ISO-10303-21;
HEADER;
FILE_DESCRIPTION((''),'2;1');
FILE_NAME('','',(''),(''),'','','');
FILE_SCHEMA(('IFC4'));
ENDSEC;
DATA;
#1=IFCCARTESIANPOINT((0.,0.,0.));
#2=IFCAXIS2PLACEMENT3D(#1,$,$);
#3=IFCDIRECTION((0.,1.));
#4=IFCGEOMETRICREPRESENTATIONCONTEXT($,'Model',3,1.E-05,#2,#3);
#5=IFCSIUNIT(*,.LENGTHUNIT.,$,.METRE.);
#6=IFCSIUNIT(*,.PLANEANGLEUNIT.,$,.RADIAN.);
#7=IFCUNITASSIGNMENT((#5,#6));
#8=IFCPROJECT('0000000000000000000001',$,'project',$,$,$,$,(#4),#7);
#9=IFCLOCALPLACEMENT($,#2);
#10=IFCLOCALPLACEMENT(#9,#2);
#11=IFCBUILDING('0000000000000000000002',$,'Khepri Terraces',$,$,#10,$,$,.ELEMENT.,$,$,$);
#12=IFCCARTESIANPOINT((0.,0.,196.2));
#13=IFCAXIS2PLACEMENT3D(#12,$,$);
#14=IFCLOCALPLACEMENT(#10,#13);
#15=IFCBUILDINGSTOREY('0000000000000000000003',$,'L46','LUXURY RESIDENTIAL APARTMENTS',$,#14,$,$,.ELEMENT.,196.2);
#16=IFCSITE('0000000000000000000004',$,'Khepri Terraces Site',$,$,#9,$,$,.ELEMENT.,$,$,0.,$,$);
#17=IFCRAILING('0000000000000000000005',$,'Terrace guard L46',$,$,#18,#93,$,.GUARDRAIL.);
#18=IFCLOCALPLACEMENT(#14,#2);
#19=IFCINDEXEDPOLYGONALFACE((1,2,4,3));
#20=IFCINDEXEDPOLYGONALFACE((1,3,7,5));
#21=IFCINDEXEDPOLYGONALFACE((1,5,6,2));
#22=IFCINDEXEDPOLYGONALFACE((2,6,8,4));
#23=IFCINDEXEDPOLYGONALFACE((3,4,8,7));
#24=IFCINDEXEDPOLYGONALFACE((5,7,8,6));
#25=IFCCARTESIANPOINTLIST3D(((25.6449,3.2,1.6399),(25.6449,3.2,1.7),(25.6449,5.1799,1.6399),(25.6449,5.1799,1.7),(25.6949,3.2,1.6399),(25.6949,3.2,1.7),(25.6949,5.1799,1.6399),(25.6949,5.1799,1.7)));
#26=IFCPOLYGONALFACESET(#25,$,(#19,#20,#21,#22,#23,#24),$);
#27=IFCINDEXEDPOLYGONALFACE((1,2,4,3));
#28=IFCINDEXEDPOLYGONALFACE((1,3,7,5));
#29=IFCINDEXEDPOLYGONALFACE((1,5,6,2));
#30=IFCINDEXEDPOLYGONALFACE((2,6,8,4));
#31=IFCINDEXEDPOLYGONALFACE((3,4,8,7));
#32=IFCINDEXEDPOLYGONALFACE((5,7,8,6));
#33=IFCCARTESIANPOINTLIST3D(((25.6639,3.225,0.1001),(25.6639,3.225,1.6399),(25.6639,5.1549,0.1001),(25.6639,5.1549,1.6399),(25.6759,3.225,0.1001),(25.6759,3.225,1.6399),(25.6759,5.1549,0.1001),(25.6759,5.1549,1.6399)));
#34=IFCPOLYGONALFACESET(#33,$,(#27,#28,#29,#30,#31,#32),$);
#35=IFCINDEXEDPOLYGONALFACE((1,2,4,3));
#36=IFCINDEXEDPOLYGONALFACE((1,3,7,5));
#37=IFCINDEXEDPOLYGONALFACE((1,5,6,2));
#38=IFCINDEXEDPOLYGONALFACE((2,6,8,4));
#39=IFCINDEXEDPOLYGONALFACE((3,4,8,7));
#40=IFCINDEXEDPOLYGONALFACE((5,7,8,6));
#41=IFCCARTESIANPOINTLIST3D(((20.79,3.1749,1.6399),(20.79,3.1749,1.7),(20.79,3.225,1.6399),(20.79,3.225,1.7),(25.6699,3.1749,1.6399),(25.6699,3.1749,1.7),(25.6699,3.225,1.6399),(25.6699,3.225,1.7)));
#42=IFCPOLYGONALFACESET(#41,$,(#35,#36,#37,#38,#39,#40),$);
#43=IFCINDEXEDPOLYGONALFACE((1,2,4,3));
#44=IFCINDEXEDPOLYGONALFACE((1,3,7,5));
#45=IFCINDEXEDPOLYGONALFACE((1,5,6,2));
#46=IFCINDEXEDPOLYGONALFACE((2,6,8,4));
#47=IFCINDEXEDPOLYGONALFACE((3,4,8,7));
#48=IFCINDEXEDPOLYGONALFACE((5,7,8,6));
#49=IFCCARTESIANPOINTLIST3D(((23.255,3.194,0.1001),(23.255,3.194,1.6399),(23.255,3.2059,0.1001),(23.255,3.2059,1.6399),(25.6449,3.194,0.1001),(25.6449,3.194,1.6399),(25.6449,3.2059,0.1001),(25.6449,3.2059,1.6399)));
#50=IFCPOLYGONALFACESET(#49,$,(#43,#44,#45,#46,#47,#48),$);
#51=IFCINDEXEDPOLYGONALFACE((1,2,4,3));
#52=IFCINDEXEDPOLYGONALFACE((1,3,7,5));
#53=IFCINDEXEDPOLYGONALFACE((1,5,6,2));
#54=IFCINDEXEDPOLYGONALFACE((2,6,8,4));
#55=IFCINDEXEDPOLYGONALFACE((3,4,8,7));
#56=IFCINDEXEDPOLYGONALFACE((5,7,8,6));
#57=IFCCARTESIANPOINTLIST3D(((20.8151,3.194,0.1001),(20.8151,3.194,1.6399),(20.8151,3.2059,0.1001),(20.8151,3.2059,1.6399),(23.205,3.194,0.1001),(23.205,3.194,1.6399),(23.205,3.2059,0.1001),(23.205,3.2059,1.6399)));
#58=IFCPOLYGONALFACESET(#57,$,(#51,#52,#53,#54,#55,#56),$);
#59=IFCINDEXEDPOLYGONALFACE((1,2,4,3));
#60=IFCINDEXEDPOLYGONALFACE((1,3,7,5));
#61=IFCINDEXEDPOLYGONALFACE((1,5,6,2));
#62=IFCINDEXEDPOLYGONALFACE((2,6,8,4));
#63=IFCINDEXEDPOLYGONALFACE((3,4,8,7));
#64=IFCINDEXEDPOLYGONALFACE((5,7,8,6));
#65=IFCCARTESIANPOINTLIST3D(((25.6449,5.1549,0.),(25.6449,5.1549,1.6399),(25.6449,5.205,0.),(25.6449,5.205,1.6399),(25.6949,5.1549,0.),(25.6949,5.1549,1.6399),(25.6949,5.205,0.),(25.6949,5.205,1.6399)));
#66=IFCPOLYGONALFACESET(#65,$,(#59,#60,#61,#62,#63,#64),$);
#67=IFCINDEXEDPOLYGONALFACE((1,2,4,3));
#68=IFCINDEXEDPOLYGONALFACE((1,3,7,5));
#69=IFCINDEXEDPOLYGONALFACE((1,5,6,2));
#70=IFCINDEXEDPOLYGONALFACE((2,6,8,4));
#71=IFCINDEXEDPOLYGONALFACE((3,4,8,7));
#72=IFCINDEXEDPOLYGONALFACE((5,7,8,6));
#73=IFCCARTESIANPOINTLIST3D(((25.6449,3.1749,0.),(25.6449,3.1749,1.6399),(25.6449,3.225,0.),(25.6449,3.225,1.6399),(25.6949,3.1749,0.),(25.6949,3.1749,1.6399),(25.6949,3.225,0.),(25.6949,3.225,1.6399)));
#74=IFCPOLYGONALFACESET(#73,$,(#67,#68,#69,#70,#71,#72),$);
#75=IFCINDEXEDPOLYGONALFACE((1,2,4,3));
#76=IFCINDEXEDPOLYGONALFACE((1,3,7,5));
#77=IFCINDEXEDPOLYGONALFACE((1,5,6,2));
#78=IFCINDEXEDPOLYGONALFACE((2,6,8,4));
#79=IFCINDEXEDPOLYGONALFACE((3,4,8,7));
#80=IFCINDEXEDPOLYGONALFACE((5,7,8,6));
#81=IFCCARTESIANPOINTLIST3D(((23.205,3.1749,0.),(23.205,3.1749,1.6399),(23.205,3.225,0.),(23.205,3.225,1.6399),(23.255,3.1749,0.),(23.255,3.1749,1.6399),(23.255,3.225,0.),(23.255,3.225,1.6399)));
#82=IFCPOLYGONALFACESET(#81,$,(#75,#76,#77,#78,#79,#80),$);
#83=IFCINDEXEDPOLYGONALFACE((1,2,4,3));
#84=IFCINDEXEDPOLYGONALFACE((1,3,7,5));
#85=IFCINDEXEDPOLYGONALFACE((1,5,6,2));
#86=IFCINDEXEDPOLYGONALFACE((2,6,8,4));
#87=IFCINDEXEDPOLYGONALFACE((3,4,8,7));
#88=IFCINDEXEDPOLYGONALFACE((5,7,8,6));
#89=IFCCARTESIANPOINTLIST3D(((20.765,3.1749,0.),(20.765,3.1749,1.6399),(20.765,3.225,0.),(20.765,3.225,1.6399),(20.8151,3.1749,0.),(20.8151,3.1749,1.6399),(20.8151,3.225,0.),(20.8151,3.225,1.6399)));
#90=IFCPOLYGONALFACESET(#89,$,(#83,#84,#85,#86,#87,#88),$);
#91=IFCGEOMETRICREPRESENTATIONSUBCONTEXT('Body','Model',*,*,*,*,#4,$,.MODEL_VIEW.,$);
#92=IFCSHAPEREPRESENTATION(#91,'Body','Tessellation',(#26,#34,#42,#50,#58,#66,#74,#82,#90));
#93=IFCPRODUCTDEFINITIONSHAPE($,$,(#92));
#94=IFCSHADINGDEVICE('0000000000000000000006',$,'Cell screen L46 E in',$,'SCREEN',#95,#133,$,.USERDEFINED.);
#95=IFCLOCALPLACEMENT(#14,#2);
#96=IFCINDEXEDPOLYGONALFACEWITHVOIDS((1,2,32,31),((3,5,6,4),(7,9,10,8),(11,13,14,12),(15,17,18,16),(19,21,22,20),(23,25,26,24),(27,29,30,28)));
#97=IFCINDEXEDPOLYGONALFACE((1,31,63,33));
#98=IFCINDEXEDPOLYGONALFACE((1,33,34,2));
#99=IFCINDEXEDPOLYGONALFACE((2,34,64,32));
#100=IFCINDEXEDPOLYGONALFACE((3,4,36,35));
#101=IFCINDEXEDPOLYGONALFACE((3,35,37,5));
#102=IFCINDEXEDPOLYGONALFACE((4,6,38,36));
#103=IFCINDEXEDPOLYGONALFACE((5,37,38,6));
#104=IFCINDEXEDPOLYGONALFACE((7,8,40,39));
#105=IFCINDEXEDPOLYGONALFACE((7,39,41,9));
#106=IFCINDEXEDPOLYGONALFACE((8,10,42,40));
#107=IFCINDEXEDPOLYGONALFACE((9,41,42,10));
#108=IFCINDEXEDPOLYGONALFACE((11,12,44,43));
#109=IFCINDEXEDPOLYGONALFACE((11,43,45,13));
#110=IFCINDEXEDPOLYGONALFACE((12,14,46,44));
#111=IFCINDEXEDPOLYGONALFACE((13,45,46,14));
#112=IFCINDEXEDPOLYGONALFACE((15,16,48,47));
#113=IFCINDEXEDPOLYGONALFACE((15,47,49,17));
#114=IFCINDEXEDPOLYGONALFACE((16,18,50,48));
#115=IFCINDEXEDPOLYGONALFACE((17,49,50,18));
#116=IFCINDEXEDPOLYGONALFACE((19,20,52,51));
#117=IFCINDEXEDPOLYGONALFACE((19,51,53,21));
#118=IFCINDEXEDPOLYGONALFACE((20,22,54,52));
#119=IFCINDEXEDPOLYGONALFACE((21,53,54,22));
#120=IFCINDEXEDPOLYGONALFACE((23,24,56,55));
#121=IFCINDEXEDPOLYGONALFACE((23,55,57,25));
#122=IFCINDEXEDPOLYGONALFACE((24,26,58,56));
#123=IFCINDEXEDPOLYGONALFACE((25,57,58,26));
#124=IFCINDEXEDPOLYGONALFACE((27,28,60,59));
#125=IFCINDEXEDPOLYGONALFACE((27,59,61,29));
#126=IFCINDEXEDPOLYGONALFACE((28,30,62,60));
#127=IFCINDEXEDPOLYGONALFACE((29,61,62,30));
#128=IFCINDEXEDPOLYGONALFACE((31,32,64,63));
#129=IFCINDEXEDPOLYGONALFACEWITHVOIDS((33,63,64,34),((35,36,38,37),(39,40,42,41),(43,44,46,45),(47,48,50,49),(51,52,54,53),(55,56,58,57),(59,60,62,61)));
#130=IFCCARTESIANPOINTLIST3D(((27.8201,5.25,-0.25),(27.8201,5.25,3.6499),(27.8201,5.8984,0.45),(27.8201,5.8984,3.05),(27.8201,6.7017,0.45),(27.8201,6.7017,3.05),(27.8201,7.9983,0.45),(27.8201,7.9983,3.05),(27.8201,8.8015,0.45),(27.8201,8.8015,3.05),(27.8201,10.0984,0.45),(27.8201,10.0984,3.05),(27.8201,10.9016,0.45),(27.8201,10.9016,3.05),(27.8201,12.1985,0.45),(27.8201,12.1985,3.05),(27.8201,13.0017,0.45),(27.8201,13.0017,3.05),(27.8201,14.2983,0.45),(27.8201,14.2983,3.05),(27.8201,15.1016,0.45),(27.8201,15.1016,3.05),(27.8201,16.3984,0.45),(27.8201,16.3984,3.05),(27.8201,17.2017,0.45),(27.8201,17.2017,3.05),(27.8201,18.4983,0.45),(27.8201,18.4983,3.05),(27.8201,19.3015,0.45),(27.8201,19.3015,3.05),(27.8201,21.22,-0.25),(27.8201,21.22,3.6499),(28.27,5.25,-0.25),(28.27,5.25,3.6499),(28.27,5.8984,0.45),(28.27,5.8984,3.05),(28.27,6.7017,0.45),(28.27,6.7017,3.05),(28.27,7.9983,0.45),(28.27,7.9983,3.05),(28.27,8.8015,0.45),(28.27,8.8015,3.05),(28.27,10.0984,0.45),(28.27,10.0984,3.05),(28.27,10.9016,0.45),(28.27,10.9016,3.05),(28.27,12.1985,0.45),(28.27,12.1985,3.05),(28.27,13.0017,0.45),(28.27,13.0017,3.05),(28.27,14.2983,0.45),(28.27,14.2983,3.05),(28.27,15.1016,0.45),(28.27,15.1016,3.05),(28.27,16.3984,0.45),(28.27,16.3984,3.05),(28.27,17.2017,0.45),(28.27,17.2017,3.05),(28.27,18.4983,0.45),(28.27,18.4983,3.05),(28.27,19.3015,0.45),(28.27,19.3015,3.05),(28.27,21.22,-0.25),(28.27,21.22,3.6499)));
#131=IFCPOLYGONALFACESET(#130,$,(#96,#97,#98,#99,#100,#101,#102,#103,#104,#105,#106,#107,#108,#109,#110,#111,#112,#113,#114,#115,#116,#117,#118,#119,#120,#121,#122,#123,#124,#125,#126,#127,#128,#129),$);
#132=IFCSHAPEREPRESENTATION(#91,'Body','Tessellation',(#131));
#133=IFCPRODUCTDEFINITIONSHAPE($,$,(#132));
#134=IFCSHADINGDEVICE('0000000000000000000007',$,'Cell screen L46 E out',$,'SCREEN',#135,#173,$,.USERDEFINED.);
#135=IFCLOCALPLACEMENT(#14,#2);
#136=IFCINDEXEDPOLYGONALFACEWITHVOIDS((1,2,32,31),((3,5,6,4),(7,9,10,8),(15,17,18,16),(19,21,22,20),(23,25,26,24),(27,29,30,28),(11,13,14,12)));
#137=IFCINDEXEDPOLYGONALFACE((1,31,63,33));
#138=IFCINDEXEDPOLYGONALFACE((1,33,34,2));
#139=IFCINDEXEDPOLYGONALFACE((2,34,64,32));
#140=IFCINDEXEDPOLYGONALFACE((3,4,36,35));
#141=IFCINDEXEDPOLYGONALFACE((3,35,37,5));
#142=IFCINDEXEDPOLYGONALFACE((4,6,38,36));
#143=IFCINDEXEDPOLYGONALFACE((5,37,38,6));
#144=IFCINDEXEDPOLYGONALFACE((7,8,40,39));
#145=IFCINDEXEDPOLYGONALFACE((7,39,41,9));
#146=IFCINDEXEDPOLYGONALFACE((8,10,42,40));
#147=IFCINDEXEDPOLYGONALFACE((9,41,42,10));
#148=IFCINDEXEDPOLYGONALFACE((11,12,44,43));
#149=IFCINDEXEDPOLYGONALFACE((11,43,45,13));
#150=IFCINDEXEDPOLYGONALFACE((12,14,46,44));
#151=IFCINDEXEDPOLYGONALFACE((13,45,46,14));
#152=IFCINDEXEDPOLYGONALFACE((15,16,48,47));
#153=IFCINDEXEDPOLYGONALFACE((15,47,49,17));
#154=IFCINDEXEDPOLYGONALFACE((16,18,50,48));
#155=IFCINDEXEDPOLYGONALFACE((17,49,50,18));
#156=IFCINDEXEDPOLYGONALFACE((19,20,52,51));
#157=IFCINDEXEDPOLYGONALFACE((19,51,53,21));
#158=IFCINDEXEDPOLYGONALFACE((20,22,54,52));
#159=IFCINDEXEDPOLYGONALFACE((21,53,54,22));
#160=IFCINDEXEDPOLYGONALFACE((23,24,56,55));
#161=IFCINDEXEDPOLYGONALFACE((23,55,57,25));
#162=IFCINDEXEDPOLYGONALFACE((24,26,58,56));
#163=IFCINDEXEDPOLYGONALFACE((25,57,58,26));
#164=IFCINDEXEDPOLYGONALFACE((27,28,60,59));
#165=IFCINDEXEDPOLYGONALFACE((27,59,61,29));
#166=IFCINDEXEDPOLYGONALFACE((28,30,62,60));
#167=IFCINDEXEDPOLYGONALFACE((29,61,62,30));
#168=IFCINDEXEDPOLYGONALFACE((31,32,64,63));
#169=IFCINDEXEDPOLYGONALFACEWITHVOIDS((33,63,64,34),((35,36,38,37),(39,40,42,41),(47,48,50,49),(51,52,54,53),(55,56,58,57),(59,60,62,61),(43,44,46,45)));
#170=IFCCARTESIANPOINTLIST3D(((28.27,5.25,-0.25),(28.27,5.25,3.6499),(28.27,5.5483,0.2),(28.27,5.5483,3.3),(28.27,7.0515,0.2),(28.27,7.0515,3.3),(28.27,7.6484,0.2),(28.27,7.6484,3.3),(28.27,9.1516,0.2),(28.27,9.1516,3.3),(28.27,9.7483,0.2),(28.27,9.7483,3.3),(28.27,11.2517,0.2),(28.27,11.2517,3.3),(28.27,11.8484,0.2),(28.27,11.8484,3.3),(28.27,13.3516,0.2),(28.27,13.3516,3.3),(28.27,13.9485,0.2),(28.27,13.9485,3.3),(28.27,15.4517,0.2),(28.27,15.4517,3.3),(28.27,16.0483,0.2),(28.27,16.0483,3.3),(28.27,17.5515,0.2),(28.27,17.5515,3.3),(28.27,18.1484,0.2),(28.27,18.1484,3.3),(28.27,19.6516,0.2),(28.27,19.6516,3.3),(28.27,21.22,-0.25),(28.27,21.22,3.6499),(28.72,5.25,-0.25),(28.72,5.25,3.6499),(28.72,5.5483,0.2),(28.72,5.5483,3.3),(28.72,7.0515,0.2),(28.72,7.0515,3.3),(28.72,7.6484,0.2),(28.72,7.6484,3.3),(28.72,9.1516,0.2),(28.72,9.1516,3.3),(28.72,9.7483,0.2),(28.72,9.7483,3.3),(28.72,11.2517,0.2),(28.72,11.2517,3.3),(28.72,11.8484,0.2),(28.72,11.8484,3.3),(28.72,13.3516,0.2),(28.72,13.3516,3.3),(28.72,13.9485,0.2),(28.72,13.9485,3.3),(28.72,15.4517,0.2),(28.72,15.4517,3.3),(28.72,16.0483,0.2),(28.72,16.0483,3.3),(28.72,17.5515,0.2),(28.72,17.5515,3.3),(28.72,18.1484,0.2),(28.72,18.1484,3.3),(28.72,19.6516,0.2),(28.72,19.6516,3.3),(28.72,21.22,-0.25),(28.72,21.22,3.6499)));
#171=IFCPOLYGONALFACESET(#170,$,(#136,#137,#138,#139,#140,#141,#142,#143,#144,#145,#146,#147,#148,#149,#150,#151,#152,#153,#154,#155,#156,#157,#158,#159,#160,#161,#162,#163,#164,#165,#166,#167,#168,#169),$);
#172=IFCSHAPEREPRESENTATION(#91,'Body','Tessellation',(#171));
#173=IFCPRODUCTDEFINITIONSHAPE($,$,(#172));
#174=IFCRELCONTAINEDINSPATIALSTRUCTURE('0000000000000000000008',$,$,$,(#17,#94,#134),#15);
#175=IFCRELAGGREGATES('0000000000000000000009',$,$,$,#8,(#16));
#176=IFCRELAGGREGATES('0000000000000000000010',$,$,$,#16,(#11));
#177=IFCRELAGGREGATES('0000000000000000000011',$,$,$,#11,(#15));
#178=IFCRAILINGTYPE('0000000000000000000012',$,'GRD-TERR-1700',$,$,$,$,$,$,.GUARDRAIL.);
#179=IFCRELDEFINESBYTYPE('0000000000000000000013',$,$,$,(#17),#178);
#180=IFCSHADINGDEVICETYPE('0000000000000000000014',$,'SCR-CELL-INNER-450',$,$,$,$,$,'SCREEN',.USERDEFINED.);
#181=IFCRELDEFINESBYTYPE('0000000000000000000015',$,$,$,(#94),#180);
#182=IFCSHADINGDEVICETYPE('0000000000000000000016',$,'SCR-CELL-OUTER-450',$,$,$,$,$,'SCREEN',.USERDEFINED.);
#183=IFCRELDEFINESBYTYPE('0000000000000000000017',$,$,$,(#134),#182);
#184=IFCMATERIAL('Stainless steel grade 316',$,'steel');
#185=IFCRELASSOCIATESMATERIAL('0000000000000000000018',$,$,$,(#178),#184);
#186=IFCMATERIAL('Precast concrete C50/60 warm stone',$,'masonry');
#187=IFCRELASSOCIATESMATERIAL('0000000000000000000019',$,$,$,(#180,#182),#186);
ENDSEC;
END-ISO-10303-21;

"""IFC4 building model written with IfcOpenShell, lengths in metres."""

from ifc_helpers import new_model, si_unit, direction, frame, origin, origin_2d, place, context, subcontext, project, spatial, polyline, rectangle, outline, extrude, material, type_object, element, save


model = new_model("IFC4")

# Units and contexts
model_context = context("Model", 3, precision=1e-05, world=origin(), true_north=direction((0.0, 1.0)))
body_context = subcontext(model_context, "Body", "Model", "MODEL_VIEW")
ifc_project = project(units=[si_unit("LENGTHUNIT", "METRE"), si_unit("PLANEANGLEUNIT", "RADIAN")], contexts=[model_context])

# Site, building, storey
site_placement = place(None, origin())
site = spatial("IfcSite", under=ifc_project, at=site_placement, Name="Khepri Terraces Site", CompositionType="ELEMENT", RefElevation=0.0)
building_placement = place(site_placement, origin())
building = spatial("IfcBuilding", under=site, at=building_placement, Name="Khepri Terraces", CompositionType="ELEMENT")
storey_placement = place(building_placement, frame((0.0, 0.0, 196.2)))
storey = spatial("IfcBuildingStorey", under=building, at=storey_placement, Name="L46", Description="LUXURY RESIDENTIAL APARTMENTS", CompositionType="ELEMENT", Elevation=196.2)

# Shared definitions
ifc_material_1 = material(Name="Precast concrete C50/60 warm stone", Category="masonry")

# Railing
ifc_material_2 = material(Name="Stainless steel grade 316", Category="steel")
railing_type_1 = type_object("IfcRailingType", Name="GRD-TERR-1700", PredefinedType="GUARDRAIL", material=ifc_material_2)
railing_1_placement = place(storey_placement, frame((25.6699, 5.1799, 0.0)))
element("IfcRailing", 1, at=railing_1_placement, inside=storey, type_object=railing_type_1, Name="Terrace guard L46", PredefinedType="GUARDRAIL", context=body_context, shape_type="SweptSolid", body=[
    extrude(rectangle(XDim=0.05, YDim=0.0601, at=origin_2d()), frame((0.0, 0.0, 1.6699), z_axis=(0.0, -1.0, 0.0), x_axis=(1.0, 0.0, 0.0)), (0.0, 0.0, 1.0), 1.98),
    extrude(rectangle(XDim=1.9299, YDim=0.012, at=origin_2d()), frame((0.0, -0.99, 0.1001), z_axis=(0.0, 0.0, 1.0), x_axis=(0.0, -1.0, 0.0)), (0.0, 0.0, 1.0), 1.5398),
    extrude(rectangle(XDim=0.05, YDim=0.0601, at=origin_2d()), frame((0.0, -1.98, 1.6699), z_axis=(-1.0, 0.0, 0.0), x_axis=(0.0, -1.0, 0.0)), (0.0, 0.0, 1.0), 4.8799),
    extrude(rectangle(XDim=2.3899, YDim=0.012, at=origin_2d()), frame((-1.22, -1.98, 0.1001), z_axis=(0.0, 0.0, 1.0), x_axis=(-1.0, 0.0, 0.0)), (0.0, 0.0, 1.0), 1.5398),
    extrude(rectangle(XDim=2.3899, YDim=0.012, at=origin_2d()), frame((-3.6599, -1.98, 0.1001), z_axis=(0.0, 0.0, 1.0), x_axis=(-1.0, 0.0, 0.0)), (0.0, 0.0, 1.0), 1.5398),
    extrude(rectangle(XDim=0.05, YDim=0.05, at=origin_2d()), origin(), (0.0, 0.0, 1.0), 1.6399),
    extrude(rectangle(XDim=0.05, YDim=0.05, at=origin_2d()), frame((0.0, -1.98, 0.0)), (0.0, 0.0, 1.0), 1.6399),
    extrude(rectangle(XDim=0.05, YDim=0.05, at=origin_2d()), frame((-2.4399, -1.98, 0.0)), (0.0, 0.0, 1.0), 1.6399),
    extrude(rectangle(XDim=0.05, YDim=0.05, at=origin_2d()), frame((-4.8799, -1.98, 0.0)), (0.0, 0.0, 1.0), 1.6399),
])

# Shading devices
shading_device_type_1 = type_object("IfcShadingDeviceType", Name="SCR-CELL-INNER-450", ElementType="SCREEN", PredefinedType="USERDEFINED", material=ifc_material_1)
shading_device_1_placement = place(storey_placement, frame((27.8201, 5.25, -0.25), z_axis=(1.0, 0.0, 0.0), x_axis=(0.0, 1.0, 0.0)))
element("IfcShadingDevice", 2, at=shading_device_1_placement, inside=storey, type_object=shading_device_type_1, Name="Cell screen L46 E in", ObjectType="SCREEN", PredefinedType="USERDEFINED", context=body_context, shape_type="SweptSolid", body=[
    extrude(outline(polyline([(0.0, 0.0), (15.97, 0.0), (15.97, 3.8999), (0.0, 3.8999), (0.0, 0.0)]), holes=[polyline([(0.6484, 0.7), (1.4517, 0.7), (1.4517, 3.3), (0.6484, 3.3), (0.6484, 0.7)]), polyline([(2.7483, 0.7), (3.5515, 0.7), (3.5515, 3.3), (2.7483, 3.3), (2.7483, 0.7)]), polyline([(4.8484, 0.7), (5.6516, 0.7), (5.6516, 3.3), (4.8484, 3.3), (4.8484, 0.7)]), polyline([(6.9485, 0.7), (7.7517, 0.7), (7.7517, 3.3), (6.9485, 3.3), (6.9485, 0.7)]), polyline([(9.0483, 0.7), (9.8516, 0.7), (9.8516, 3.3), (9.0483, 3.3), (9.0483, 0.7)]), polyline([(11.1484, 0.7), (11.9517, 0.7), (11.9517, 3.3), (11.1484, 3.3), (11.1484, 0.7)]), polyline([(13.2483, 0.7), (14.0515, 0.7), (14.0515, 3.3), (13.2483, 3.3), (13.2483, 0.7)])]), origin(), (0.0, 0.0, 1.0), 0.45),
])
shading_device_type_2 = type_object("IfcShadingDeviceType", Name="SCR-CELL-OUTER-450", ElementType="SCREEN", PredefinedType="USERDEFINED", material=ifc_material_1)
shading_device_2_placement = place(storey_placement, frame((28.27, 5.25, -0.25), z_axis=(1.0, 0.0, 0.0), x_axis=(0.0, 1.0, 0.0)))
element("IfcShadingDevice", 3, at=shading_device_2_placement, inside=storey, type_object=shading_device_type_2, Name="Cell screen L46 E out", ObjectType="SCREEN", PredefinedType="USERDEFINED", context=body_context, shape_type="SweptSolid", body=[
    extrude(outline(polyline([(0.0, 0.0), (15.97, 0.0), (15.97, 3.8999), (0.0, 3.8999), (0.0, 0.0)]), holes=[polyline([(0.2983, 0.45), (1.8015, 0.45), (1.8015, 3.55), (0.2983, 3.55), (0.2983, 0.45)]), polyline([(2.3984, 0.45), (3.9016, 0.45), (3.9016, 3.55), (2.3984, 3.55), (2.3984, 0.45)]), polyline([(4.4983, 0.45), (6.0017, 0.45), (6.0017, 3.55), (4.4983, 3.55), (4.4983, 0.45)]), polyline([(6.5984, 0.45), (8.1016, 0.45), (8.1016, 3.55), (6.5984, 3.55), (6.5984, 0.45)]), polyline([(8.6985, 0.45), (10.2017, 0.45), (10.2017, 3.55), (8.6985, 3.55), (8.6985, 0.45)]), polyline([(10.7983, 0.45), (12.3015, 0.45), (12.3015, 3.55), (10.7983, 3.55), (10.7983, 0.45)]), polyline([(12.8984, 0.45), (14.4016, 0.45), (14.4016, 3.55), (12.8984, 3.55), (12.8984, 0.45)])]), origin(), (0.0, 0.0, 1.0), 0.45),
])

save(model, "model.ifc")
